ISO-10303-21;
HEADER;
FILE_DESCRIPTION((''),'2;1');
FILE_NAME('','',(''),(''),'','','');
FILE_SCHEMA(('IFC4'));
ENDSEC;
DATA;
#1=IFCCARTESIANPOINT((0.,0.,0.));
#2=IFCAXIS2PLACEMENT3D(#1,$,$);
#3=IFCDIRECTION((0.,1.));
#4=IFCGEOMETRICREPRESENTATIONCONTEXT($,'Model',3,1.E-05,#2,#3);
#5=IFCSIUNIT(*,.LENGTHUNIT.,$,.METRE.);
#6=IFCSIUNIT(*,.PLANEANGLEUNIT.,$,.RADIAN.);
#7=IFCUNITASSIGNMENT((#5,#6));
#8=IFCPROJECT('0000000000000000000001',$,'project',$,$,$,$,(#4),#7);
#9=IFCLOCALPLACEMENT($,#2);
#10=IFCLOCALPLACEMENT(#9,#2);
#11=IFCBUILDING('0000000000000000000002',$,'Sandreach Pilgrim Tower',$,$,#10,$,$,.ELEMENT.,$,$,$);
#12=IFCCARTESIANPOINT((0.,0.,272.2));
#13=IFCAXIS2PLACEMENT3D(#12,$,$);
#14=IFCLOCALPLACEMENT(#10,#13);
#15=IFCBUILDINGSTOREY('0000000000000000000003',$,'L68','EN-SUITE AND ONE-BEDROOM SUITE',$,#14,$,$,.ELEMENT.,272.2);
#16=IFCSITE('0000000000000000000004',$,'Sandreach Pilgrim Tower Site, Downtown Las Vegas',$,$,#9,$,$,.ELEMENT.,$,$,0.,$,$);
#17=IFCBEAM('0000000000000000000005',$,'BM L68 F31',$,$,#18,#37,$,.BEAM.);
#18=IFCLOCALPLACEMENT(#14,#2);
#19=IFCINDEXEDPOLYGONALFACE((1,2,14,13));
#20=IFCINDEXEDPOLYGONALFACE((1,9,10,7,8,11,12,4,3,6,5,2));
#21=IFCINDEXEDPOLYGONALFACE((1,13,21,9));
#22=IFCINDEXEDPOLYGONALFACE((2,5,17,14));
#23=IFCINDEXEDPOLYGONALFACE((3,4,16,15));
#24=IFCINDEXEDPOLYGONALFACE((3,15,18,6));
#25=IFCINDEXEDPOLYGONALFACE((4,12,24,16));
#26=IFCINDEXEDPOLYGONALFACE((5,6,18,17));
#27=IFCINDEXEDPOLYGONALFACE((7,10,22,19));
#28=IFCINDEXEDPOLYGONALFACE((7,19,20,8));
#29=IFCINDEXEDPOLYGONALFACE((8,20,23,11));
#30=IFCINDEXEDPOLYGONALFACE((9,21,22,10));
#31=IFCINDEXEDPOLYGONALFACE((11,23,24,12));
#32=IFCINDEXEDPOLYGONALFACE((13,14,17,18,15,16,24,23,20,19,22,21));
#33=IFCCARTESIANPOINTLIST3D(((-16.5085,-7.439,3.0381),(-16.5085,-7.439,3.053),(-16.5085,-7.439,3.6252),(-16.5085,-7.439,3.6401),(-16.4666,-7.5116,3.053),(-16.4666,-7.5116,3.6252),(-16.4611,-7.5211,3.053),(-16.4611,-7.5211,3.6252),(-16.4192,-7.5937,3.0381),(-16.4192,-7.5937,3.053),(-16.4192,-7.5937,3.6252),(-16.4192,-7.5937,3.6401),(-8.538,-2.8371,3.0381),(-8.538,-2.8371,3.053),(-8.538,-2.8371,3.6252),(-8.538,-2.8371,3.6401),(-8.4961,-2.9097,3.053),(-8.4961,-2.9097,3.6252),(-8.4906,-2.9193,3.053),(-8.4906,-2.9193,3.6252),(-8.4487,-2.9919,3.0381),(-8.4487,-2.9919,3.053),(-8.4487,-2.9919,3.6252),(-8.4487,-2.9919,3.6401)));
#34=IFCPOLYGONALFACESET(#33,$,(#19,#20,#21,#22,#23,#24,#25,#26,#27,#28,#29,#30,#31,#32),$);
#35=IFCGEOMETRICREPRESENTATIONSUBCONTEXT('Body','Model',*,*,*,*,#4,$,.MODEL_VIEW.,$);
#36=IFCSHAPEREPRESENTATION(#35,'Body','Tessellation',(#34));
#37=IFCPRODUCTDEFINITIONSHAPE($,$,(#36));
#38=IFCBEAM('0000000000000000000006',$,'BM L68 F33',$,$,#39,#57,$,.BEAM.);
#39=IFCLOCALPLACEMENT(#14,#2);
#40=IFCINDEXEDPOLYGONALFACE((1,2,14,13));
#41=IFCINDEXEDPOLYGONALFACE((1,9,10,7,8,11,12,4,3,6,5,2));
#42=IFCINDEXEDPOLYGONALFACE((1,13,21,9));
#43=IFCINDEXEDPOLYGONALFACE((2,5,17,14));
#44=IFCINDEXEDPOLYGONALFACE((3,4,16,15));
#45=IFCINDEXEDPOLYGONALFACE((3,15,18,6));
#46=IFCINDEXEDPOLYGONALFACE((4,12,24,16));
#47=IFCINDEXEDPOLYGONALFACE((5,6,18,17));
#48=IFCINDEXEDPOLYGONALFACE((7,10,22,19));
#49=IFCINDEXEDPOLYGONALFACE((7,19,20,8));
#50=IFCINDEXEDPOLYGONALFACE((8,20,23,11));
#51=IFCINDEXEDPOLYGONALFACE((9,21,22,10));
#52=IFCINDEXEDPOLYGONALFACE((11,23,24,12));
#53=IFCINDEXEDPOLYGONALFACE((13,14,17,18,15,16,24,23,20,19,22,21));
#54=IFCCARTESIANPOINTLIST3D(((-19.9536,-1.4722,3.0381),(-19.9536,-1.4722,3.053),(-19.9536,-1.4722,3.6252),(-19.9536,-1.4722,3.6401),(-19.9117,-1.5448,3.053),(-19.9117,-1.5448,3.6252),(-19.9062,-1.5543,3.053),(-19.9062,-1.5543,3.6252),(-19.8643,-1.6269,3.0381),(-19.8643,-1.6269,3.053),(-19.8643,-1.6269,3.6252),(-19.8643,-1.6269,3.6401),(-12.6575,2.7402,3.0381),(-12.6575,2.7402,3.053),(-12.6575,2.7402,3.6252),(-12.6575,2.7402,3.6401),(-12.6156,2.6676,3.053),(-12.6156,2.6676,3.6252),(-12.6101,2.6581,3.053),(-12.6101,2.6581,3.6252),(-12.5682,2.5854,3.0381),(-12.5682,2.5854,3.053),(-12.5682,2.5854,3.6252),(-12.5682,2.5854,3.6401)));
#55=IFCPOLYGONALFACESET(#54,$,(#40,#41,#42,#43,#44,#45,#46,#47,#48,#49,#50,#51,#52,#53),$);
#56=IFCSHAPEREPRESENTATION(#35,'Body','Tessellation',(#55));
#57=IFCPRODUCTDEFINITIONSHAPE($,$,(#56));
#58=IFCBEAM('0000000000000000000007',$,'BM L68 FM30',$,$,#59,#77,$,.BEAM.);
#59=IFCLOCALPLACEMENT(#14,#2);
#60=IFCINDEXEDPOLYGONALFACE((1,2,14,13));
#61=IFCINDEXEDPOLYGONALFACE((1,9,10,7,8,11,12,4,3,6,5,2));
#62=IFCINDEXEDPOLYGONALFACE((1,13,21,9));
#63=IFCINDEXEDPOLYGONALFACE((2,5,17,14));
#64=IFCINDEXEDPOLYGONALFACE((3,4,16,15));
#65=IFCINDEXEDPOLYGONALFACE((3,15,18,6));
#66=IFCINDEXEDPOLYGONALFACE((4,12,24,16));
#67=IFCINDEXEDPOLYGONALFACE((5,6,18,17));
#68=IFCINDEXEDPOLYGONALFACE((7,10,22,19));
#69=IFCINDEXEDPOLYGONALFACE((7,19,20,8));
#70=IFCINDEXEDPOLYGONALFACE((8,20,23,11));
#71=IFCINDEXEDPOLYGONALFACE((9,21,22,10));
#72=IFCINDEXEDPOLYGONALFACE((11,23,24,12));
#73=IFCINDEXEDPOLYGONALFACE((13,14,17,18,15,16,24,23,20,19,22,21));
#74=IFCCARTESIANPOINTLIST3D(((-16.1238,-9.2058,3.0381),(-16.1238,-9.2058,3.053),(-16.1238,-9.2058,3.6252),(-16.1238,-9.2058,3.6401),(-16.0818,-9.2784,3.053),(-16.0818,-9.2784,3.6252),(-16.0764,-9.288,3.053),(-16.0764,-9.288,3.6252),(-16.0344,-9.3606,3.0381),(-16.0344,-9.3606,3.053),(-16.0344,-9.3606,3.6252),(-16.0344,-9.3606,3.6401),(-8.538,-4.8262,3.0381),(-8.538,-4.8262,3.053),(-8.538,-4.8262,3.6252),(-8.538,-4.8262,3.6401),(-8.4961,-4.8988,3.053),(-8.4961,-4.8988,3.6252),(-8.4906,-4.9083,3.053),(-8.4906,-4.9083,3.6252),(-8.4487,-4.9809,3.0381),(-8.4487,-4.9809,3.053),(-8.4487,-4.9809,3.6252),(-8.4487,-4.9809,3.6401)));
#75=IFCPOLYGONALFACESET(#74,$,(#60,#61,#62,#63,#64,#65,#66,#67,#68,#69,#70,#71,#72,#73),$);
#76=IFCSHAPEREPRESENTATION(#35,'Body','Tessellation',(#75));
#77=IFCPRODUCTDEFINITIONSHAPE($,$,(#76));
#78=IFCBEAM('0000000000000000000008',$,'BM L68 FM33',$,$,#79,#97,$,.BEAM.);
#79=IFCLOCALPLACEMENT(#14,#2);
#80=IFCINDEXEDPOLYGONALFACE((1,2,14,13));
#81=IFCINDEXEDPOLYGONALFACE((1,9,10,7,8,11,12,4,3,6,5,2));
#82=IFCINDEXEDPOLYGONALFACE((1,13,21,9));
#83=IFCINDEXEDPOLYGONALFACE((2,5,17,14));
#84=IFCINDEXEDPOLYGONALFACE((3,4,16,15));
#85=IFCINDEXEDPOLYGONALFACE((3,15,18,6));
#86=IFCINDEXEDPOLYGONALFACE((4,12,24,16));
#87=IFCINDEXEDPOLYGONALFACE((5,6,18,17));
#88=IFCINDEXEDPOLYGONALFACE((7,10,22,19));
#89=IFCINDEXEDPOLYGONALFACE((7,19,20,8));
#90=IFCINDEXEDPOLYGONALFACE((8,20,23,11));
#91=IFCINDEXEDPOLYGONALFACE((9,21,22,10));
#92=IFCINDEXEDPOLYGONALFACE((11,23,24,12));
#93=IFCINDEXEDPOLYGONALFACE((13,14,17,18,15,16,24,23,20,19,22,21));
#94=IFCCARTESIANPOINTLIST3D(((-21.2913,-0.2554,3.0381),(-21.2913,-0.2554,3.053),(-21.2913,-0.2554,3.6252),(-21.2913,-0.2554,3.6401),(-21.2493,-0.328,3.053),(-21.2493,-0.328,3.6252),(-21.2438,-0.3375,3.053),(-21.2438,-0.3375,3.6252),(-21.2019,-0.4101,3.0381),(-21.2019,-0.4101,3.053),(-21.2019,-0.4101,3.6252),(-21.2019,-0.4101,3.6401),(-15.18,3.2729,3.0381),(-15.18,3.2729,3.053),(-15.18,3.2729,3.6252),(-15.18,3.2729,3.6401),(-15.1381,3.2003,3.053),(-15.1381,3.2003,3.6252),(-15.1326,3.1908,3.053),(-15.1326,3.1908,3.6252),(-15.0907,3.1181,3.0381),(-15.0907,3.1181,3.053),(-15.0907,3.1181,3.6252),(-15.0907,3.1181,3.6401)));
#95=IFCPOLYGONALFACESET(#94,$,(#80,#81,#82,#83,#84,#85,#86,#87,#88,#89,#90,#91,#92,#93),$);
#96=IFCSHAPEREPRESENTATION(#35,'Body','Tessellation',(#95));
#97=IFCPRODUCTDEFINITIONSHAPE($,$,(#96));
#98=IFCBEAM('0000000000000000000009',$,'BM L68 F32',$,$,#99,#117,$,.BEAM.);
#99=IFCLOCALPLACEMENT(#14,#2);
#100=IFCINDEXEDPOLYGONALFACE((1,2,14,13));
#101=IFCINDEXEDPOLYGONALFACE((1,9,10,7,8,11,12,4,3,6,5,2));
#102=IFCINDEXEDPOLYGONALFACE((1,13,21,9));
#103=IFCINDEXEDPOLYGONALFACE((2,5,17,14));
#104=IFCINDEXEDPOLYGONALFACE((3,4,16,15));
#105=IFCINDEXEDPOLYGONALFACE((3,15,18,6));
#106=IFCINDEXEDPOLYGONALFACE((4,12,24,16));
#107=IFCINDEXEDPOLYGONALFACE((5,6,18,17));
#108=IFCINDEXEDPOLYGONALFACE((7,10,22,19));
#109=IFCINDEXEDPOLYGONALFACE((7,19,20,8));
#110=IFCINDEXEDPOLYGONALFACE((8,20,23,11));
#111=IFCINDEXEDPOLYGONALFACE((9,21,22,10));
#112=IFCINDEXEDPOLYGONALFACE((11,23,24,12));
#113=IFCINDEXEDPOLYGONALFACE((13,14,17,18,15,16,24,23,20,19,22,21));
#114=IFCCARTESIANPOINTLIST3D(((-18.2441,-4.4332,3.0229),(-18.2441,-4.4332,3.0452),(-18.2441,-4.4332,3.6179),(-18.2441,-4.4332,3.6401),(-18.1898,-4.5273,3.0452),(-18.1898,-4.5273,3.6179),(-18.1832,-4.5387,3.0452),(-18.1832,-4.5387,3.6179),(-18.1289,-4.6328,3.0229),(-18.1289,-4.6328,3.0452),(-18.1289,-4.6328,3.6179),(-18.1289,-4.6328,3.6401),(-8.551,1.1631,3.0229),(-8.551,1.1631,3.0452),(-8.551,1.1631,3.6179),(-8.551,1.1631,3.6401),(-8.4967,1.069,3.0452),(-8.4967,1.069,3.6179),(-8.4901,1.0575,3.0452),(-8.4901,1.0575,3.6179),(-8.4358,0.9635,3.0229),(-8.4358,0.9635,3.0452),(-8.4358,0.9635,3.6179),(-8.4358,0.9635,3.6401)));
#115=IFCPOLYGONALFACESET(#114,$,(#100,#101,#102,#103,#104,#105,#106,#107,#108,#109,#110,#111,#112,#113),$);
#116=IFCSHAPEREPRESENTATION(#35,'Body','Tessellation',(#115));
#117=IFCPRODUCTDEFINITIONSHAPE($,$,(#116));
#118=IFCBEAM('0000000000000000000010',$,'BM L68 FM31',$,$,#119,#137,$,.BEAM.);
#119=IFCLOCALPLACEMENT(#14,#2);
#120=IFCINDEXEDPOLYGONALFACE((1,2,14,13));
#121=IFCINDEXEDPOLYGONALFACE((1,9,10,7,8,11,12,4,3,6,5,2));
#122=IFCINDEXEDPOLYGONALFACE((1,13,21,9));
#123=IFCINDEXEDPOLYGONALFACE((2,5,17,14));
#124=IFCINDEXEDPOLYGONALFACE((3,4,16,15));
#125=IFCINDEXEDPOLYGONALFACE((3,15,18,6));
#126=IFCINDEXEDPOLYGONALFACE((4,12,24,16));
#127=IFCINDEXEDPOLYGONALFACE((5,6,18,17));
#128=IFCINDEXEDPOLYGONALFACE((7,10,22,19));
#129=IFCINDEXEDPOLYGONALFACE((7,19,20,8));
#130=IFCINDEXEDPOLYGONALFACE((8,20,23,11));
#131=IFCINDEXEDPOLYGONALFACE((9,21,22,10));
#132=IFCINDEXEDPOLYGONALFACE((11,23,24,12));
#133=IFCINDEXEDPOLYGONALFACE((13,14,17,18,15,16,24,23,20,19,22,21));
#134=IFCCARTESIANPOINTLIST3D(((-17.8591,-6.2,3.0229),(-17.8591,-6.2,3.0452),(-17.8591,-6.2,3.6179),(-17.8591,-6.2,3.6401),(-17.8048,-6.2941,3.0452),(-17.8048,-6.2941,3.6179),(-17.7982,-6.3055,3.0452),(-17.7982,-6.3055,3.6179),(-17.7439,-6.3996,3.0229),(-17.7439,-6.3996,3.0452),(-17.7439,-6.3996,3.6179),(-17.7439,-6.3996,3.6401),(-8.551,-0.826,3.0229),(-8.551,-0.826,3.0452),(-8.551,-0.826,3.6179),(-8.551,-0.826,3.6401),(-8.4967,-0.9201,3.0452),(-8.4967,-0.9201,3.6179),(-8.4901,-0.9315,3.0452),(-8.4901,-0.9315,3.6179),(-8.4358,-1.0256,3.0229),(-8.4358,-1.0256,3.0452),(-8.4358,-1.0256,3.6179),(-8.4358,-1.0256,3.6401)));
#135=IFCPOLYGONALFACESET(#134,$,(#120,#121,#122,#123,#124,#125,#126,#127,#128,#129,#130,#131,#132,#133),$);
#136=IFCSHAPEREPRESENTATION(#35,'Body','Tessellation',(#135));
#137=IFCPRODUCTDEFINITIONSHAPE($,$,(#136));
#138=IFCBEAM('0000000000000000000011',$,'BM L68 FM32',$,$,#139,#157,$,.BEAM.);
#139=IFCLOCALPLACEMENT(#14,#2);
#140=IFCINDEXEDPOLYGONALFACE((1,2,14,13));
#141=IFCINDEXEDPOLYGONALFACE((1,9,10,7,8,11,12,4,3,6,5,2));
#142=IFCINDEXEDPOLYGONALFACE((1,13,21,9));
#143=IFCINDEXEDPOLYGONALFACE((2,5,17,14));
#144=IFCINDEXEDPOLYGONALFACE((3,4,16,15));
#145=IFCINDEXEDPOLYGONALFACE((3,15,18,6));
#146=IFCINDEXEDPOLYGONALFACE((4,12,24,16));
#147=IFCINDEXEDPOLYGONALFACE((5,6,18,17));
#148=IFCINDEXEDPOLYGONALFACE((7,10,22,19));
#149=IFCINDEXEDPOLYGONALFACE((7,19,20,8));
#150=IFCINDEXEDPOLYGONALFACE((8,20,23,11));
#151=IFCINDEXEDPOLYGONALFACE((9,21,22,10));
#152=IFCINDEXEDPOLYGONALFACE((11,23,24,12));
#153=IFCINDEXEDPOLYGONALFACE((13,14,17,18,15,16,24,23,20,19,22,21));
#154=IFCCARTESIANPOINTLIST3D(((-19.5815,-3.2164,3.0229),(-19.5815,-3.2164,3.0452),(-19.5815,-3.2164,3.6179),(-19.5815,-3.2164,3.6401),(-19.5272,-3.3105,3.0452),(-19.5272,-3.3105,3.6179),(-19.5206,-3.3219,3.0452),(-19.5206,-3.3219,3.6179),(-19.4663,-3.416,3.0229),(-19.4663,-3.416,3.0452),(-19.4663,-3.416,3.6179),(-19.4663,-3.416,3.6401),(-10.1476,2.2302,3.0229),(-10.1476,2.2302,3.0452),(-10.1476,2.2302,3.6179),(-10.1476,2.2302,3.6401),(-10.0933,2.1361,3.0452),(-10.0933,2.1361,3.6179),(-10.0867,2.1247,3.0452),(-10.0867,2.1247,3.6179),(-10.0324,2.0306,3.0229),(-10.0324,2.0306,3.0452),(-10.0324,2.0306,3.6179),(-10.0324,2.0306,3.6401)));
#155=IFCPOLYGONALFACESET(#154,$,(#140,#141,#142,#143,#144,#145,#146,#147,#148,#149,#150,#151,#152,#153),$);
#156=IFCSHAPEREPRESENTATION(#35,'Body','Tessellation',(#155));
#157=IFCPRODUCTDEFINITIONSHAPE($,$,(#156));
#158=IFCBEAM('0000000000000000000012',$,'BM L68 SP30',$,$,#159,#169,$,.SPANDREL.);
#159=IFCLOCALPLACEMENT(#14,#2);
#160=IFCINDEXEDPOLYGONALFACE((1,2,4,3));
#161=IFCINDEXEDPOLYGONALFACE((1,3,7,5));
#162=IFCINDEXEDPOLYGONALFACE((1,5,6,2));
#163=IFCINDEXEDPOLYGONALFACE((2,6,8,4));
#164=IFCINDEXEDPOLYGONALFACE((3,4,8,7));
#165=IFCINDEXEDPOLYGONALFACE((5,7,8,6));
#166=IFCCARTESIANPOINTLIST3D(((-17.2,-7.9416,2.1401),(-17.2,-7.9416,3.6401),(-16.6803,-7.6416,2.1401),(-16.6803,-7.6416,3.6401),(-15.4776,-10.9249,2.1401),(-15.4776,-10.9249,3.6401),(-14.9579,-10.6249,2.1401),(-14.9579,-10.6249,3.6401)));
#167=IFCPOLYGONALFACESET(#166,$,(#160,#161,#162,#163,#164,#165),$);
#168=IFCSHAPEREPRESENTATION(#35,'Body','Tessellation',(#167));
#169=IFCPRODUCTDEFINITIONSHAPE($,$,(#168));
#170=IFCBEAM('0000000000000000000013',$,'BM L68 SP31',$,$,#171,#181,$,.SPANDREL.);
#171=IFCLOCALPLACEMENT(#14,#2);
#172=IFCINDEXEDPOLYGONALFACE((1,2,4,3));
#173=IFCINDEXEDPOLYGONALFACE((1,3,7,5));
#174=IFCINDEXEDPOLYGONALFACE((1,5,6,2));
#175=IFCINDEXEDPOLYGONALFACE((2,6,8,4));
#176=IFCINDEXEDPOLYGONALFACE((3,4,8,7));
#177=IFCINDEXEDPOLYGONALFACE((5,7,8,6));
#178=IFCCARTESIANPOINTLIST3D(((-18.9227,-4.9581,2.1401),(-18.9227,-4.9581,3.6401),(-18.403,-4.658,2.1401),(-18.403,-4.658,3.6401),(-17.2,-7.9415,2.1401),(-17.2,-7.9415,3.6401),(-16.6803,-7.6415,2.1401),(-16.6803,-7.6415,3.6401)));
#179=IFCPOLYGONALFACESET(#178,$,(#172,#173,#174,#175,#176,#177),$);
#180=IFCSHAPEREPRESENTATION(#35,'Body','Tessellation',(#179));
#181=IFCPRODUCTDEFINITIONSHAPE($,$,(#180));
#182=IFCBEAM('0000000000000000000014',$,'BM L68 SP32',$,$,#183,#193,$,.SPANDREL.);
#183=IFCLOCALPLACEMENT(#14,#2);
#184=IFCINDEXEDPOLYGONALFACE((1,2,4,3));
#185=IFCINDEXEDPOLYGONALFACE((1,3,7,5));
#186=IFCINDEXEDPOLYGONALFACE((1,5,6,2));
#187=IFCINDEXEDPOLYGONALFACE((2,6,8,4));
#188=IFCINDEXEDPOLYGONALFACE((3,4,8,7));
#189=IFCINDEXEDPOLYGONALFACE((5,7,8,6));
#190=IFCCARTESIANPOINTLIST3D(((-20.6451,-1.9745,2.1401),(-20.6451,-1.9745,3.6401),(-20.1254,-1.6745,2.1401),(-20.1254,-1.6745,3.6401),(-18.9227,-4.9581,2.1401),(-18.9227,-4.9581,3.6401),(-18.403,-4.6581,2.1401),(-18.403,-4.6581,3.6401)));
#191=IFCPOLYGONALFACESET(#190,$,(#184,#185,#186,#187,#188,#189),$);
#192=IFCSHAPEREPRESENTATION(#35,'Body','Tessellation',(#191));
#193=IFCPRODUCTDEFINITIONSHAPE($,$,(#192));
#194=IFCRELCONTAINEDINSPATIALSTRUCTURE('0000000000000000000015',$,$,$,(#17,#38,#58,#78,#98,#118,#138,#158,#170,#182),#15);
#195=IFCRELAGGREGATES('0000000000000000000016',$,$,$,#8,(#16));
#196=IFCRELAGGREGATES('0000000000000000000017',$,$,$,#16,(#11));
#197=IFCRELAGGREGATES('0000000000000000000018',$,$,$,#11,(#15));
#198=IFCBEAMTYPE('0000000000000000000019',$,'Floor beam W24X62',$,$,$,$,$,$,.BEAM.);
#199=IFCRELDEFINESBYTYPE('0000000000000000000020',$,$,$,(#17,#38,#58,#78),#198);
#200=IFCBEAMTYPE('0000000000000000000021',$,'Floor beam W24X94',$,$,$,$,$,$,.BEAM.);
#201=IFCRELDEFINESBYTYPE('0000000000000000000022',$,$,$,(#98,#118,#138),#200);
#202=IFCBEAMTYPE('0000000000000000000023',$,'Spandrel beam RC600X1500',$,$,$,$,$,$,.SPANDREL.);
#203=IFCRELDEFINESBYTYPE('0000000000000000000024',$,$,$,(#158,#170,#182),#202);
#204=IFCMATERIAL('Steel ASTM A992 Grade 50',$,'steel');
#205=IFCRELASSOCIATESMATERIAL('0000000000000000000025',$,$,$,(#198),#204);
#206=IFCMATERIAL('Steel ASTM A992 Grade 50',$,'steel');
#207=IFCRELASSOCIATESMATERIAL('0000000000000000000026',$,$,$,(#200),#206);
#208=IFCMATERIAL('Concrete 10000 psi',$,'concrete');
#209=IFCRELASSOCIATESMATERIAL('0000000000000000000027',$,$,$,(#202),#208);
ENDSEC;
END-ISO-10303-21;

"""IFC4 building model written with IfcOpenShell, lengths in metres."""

from ifc_helpers import new_model, si_unit, direction, frame, origin, origin_2d, place, context, subcontext, project, spatial, rectangle, i_section, extrude, material, material_profile, profile_set, type_object, element, save


model = new_model("IFC4")

# Units and contexts
model_context = context("Model", 3, precision=1e-05, world=origin(), true_north=direction((0.0, 1.0)))
body_context = subcontext(model_context, "Body", "Model", "MODEL_VIEW")
ifc_project = project(units=[si_unit("LENGTHUNIT", "METRE"), si_unit("PLANEANGLEUNIT", "RADIAN")], contexts=[model_context])

# Site, building, storey
site_placement = place(None, origin())
site = spatial("IfcSite", under=ifc_project, at=site_placement, Name="Sandreach Pilgrim Tower Site, Downtown Las Vegas", CompositionType="ELEMENT", RefElevation=0.0)
building_placement = place(site_placement, origin())
building = spatial("IfcBuilding", under=site, at=building_placement, Name="Sandreach Pilgrim Tower", CompositionType="ELEMENT")
storey_placement = place(building_placement, frame((0.0, 0.0, 272.2)))
storey = spatial("IfcBuildingStorey", under=building, at=storey_placement, Name="L68", Description="EN-SUITE AND ONE-BEDROOM SUITE", CompositionType="ELEMENT", Elevation=272.2)

# Beams
ifc_material_1 = material(Name="Steel ASTM A992 Grade 50", Category="steel")
ifc_material_profile_1 = material_profile(ifc_material_1, i_section(OverallWidth=0.1787, OverallDepth=0.6021, WebThickness=0.011, FlangeThickness=0.0149, at=origin_2d()), Name="W24X62")
ifc_profile_set_1 = profile_set([ifc_material_profile_1], Name="Steel ASTM A992 Grade 50")
beam_type_1 = type_object("IfcBeamType", Name="Floor beam W24X62", PredefinedType="BEAM", material=ifc_profile_set_1)
beam_1_placement = place(storey_placement, frame((-16.4639, -7.5164, 3.3391), z_axis=(0.866023, 0.500005, 0.0), x_axis=(-0.500005, 0.866023, 0.0)))
element("IfcBeam", 1, at=beam_1_placement, inside=storey, type_object=beam_type_1, Name="BM L68 F31", PredefinedType="BEAM", context=body_context, shape_type="SweptSolid", body=[
    extrude(i_section(OverallWidth=0.1787, OverallDepth=0.6021, WebThickness=0.011, FlangeThickness=0.0149, at=origin_2d()), origin(), (0.0, 0.0, 1.0), 9.2036),
])
beam_2_placement = place(storey_placement, frame((-19.9089, -1.5496, 3.3391), z_axis=(0.866027, 0.499998, 0.0), x_axis=(-0.499998, 0.866027, 0.0)))
element("IfcBeam", 2, at=beam_2_placement, inside=storey, type_object=beam_type_1, Name="BM L68 F33", PredefinedType="BEAM", context=body_context, shape_type="SweptSolid", body=[
    extrude(i_section(OverallWidth=0.1787, OverallDepth=0.6021, WebThickness=0.011, FlangeThickness=0.0149, at=origin_2d()), origin(), (0.0, 0.0, 1.0), 8.4248),
])
beam_3_placement = place(storey_placement, frame((-16.0791, -9.2832, 3.3391), z_axis=(0.866024, 0.500003, 0.0), x_axis=(-0.500003, 0.866024, 0.0)))
element("IfcBeam", 3, at=beam_3_placement, inside=storey, type_object=beam_type_1, Name="BM L68 FM30", PredefinedType="BEAM", context=body_context, shape_type="SweptSolid", body=[
    extrude(i_section(OverallWidth=0.1787, OverallDepth=0.6021, WebThickness=0.011, FlangeThickness=0.0149, at=origin_2d()), origin(), (0.0, 0.0, 1.0), 8.7593),
])
beam_4_placement = place(storey_placement, frame((-21.2466, -0.3328, 3.3391), z_axis=(0.866029, 0.499994, 0.0), x_axis=(-0.499994, 0.866029, 0.0)))
element("IfcBeam", 4, at=beam_4_placement, inside=storey, type_object=beam_type_1, Name="BM L68 FM33", PredefinedType="BEAM", context=body_context, shape_type="SweptSolid", body=[
    extrude(i_section(OverallWidth=0.1787, OverallDepth=0.6021, WebThickness=0.011, FlangeThickness=0.0149, at=origin_2d()), origin(), (0.0, 0.0, 1.0), 7.0566),
])
ifc_material_2 = material(Name="Steel ASTM A992 Grade 50", Category="steel")
ifc_material_profile_2 = material_profile(ifc_material_2, i_section(OverallWidth=0.2305, OverallDepth=0.6172, WebThickness=0.0132, FlangeThickness=0.0222, at=origin_2d()), Name="W24X94")
ifc_profile_set_2 = profile_set([ifc_material_profile_2], Name="Steel ASTM A992 Grade 50")
beam_type_2 = type_object("IfcBeamType", Name="Floor beam W24X94", PredefinedType="BEAM", material=ifc_profile_set_2)
beam_5_placement = place(storey_placement, frame((-18.1865, -4.533, 3.3315), z_axis=(0.86603, 0.499991, 0.0), x_axis=(-0.499991, 0.86603, 0.0)))
element("IfcBeam", 5, at=beam_5_placement, inside=storey, type_object=beam_type_2, Name="BM L68 F32", PredefinedType="BEAM", context=body_context, shape_type="SweptSolid", body=[
    extrude(i_section(OverallWidth=0.2305, OverallDepth=0.6172, WebThickness=0.0132, FlangeThickness=0.0222, at=origin_2d()), origin(), (0.0, 0.0, 1.0), 11.1926),
])
beam_6_placement = place(storey_placement, frame((-17.8015, -6.2998, 3.3315), z_axis=(0.866026, 0.499999, 0.0), x_axis=(-0.499999, 0.866026, 0.0)))
element("IfcBeam", 6, at=beam_6_placement, inside=storey, type_object=beam_type_2, Name="BM L68 FM31", PredefinedType="BEAM", context=body_context, shape_type="SweptSolid", body=[
    extrude(i_section(OverallWidth=0.2305, OverallDepth=0.6172, WebThickness=0.0132, FlangeThickness=0.0222, at=origin_2d()), origin(), (0.0, 0.0, 1.0), 10.748),
])
beam_7_placement = place(storey_placement, frame((-19.5239, -3.3162, 3.3315), z_axis=(0.866029, 0.499993, 0.0), x_axis=(-0.499993, 0.866029, 0.0)))
element("IfcBeam", 7, at=beam_7_placement, inside=storey, type_object=beam_type_2, Name="BM L68 FM32", PredefinedType="BEAM", context=body_context, shape_type="SweptSolid", body=[
    extrude(i_section(OverallWidth=0.2305, OverallDepth=0.6172, WebThickness=0.0132, FlangeThickness=0.0222, at=origin_2d()), origin(), (0.0, 0.0, 1.0), 10.8933),
])
ifc_material_3 = material(Name="Concrete 10000 psi", Category="concrete")
ifc_material_profile_3 = material_profile(ifc_material_3, rectangle(XDim=0.6001, YDim=1.5, at=origin_2d()), Name="RC600X1500")
ifc_profile_set_3 = profile_set([ifc_material_profile_3], Name="Concrete 10000 psi")
beam_type_3 = type_object("IfcBeamType", Name="Spandrel beam RC600X1500", PredefinedType="SPANDREL", material=ifc_profile_set_3)
beam_8_placement = place(storey_placement, frame((-15.2178, -10.7749, 2.8901), z_axis=(-0.499988, 0.866032, 0.0), x_axis=(-0.866032, -0.499988, 0.0)))
element("IfcBeam", 8, at=beam_8_placement, inside=storey, type_object=beam_type_3, Name="BM L68 SP30", PredefinedType="SPANDREL", context=body_context, shape_type="SweptSolid", body=[
    extrude(rectangle(XDim=0.6001, YDim=1.5, at=origin_2d()), origin(), (0.0, 0.0, 1.0), 3.4448),
])
for number, where, z_axis, x_axis, name in (
    (9, (-16.9402, -7.7915, 2.8901), (-0.500041, 0.866001, 0.0), (-0.866001, -0.500041, 0.0), "BM L68 SP31"),
    (10, (-18.6628, -4.8081, 2.8901), (-0.499958, 0.86605, 0.0), (-0.86605, -0.499958, 0.0), "BM L68 SP32"),
):
    element("IfcBeam", number, at=place(storey_placement, frame(where, z_axis=z_axis, x_axis=x_axis)), inside=storey, type_object=beam_type_3, Name=name, PredefinedType="SPANDREL", context=body_context, shape_type="SweptSolid", body=[
        extrude(rectangle(XDim=0.6001, YDim=1.5, at=origin_2d()), origin(), (0.0, 0.0, 1.0), 3.4451),
    ])

save(model, "model.ifc")
